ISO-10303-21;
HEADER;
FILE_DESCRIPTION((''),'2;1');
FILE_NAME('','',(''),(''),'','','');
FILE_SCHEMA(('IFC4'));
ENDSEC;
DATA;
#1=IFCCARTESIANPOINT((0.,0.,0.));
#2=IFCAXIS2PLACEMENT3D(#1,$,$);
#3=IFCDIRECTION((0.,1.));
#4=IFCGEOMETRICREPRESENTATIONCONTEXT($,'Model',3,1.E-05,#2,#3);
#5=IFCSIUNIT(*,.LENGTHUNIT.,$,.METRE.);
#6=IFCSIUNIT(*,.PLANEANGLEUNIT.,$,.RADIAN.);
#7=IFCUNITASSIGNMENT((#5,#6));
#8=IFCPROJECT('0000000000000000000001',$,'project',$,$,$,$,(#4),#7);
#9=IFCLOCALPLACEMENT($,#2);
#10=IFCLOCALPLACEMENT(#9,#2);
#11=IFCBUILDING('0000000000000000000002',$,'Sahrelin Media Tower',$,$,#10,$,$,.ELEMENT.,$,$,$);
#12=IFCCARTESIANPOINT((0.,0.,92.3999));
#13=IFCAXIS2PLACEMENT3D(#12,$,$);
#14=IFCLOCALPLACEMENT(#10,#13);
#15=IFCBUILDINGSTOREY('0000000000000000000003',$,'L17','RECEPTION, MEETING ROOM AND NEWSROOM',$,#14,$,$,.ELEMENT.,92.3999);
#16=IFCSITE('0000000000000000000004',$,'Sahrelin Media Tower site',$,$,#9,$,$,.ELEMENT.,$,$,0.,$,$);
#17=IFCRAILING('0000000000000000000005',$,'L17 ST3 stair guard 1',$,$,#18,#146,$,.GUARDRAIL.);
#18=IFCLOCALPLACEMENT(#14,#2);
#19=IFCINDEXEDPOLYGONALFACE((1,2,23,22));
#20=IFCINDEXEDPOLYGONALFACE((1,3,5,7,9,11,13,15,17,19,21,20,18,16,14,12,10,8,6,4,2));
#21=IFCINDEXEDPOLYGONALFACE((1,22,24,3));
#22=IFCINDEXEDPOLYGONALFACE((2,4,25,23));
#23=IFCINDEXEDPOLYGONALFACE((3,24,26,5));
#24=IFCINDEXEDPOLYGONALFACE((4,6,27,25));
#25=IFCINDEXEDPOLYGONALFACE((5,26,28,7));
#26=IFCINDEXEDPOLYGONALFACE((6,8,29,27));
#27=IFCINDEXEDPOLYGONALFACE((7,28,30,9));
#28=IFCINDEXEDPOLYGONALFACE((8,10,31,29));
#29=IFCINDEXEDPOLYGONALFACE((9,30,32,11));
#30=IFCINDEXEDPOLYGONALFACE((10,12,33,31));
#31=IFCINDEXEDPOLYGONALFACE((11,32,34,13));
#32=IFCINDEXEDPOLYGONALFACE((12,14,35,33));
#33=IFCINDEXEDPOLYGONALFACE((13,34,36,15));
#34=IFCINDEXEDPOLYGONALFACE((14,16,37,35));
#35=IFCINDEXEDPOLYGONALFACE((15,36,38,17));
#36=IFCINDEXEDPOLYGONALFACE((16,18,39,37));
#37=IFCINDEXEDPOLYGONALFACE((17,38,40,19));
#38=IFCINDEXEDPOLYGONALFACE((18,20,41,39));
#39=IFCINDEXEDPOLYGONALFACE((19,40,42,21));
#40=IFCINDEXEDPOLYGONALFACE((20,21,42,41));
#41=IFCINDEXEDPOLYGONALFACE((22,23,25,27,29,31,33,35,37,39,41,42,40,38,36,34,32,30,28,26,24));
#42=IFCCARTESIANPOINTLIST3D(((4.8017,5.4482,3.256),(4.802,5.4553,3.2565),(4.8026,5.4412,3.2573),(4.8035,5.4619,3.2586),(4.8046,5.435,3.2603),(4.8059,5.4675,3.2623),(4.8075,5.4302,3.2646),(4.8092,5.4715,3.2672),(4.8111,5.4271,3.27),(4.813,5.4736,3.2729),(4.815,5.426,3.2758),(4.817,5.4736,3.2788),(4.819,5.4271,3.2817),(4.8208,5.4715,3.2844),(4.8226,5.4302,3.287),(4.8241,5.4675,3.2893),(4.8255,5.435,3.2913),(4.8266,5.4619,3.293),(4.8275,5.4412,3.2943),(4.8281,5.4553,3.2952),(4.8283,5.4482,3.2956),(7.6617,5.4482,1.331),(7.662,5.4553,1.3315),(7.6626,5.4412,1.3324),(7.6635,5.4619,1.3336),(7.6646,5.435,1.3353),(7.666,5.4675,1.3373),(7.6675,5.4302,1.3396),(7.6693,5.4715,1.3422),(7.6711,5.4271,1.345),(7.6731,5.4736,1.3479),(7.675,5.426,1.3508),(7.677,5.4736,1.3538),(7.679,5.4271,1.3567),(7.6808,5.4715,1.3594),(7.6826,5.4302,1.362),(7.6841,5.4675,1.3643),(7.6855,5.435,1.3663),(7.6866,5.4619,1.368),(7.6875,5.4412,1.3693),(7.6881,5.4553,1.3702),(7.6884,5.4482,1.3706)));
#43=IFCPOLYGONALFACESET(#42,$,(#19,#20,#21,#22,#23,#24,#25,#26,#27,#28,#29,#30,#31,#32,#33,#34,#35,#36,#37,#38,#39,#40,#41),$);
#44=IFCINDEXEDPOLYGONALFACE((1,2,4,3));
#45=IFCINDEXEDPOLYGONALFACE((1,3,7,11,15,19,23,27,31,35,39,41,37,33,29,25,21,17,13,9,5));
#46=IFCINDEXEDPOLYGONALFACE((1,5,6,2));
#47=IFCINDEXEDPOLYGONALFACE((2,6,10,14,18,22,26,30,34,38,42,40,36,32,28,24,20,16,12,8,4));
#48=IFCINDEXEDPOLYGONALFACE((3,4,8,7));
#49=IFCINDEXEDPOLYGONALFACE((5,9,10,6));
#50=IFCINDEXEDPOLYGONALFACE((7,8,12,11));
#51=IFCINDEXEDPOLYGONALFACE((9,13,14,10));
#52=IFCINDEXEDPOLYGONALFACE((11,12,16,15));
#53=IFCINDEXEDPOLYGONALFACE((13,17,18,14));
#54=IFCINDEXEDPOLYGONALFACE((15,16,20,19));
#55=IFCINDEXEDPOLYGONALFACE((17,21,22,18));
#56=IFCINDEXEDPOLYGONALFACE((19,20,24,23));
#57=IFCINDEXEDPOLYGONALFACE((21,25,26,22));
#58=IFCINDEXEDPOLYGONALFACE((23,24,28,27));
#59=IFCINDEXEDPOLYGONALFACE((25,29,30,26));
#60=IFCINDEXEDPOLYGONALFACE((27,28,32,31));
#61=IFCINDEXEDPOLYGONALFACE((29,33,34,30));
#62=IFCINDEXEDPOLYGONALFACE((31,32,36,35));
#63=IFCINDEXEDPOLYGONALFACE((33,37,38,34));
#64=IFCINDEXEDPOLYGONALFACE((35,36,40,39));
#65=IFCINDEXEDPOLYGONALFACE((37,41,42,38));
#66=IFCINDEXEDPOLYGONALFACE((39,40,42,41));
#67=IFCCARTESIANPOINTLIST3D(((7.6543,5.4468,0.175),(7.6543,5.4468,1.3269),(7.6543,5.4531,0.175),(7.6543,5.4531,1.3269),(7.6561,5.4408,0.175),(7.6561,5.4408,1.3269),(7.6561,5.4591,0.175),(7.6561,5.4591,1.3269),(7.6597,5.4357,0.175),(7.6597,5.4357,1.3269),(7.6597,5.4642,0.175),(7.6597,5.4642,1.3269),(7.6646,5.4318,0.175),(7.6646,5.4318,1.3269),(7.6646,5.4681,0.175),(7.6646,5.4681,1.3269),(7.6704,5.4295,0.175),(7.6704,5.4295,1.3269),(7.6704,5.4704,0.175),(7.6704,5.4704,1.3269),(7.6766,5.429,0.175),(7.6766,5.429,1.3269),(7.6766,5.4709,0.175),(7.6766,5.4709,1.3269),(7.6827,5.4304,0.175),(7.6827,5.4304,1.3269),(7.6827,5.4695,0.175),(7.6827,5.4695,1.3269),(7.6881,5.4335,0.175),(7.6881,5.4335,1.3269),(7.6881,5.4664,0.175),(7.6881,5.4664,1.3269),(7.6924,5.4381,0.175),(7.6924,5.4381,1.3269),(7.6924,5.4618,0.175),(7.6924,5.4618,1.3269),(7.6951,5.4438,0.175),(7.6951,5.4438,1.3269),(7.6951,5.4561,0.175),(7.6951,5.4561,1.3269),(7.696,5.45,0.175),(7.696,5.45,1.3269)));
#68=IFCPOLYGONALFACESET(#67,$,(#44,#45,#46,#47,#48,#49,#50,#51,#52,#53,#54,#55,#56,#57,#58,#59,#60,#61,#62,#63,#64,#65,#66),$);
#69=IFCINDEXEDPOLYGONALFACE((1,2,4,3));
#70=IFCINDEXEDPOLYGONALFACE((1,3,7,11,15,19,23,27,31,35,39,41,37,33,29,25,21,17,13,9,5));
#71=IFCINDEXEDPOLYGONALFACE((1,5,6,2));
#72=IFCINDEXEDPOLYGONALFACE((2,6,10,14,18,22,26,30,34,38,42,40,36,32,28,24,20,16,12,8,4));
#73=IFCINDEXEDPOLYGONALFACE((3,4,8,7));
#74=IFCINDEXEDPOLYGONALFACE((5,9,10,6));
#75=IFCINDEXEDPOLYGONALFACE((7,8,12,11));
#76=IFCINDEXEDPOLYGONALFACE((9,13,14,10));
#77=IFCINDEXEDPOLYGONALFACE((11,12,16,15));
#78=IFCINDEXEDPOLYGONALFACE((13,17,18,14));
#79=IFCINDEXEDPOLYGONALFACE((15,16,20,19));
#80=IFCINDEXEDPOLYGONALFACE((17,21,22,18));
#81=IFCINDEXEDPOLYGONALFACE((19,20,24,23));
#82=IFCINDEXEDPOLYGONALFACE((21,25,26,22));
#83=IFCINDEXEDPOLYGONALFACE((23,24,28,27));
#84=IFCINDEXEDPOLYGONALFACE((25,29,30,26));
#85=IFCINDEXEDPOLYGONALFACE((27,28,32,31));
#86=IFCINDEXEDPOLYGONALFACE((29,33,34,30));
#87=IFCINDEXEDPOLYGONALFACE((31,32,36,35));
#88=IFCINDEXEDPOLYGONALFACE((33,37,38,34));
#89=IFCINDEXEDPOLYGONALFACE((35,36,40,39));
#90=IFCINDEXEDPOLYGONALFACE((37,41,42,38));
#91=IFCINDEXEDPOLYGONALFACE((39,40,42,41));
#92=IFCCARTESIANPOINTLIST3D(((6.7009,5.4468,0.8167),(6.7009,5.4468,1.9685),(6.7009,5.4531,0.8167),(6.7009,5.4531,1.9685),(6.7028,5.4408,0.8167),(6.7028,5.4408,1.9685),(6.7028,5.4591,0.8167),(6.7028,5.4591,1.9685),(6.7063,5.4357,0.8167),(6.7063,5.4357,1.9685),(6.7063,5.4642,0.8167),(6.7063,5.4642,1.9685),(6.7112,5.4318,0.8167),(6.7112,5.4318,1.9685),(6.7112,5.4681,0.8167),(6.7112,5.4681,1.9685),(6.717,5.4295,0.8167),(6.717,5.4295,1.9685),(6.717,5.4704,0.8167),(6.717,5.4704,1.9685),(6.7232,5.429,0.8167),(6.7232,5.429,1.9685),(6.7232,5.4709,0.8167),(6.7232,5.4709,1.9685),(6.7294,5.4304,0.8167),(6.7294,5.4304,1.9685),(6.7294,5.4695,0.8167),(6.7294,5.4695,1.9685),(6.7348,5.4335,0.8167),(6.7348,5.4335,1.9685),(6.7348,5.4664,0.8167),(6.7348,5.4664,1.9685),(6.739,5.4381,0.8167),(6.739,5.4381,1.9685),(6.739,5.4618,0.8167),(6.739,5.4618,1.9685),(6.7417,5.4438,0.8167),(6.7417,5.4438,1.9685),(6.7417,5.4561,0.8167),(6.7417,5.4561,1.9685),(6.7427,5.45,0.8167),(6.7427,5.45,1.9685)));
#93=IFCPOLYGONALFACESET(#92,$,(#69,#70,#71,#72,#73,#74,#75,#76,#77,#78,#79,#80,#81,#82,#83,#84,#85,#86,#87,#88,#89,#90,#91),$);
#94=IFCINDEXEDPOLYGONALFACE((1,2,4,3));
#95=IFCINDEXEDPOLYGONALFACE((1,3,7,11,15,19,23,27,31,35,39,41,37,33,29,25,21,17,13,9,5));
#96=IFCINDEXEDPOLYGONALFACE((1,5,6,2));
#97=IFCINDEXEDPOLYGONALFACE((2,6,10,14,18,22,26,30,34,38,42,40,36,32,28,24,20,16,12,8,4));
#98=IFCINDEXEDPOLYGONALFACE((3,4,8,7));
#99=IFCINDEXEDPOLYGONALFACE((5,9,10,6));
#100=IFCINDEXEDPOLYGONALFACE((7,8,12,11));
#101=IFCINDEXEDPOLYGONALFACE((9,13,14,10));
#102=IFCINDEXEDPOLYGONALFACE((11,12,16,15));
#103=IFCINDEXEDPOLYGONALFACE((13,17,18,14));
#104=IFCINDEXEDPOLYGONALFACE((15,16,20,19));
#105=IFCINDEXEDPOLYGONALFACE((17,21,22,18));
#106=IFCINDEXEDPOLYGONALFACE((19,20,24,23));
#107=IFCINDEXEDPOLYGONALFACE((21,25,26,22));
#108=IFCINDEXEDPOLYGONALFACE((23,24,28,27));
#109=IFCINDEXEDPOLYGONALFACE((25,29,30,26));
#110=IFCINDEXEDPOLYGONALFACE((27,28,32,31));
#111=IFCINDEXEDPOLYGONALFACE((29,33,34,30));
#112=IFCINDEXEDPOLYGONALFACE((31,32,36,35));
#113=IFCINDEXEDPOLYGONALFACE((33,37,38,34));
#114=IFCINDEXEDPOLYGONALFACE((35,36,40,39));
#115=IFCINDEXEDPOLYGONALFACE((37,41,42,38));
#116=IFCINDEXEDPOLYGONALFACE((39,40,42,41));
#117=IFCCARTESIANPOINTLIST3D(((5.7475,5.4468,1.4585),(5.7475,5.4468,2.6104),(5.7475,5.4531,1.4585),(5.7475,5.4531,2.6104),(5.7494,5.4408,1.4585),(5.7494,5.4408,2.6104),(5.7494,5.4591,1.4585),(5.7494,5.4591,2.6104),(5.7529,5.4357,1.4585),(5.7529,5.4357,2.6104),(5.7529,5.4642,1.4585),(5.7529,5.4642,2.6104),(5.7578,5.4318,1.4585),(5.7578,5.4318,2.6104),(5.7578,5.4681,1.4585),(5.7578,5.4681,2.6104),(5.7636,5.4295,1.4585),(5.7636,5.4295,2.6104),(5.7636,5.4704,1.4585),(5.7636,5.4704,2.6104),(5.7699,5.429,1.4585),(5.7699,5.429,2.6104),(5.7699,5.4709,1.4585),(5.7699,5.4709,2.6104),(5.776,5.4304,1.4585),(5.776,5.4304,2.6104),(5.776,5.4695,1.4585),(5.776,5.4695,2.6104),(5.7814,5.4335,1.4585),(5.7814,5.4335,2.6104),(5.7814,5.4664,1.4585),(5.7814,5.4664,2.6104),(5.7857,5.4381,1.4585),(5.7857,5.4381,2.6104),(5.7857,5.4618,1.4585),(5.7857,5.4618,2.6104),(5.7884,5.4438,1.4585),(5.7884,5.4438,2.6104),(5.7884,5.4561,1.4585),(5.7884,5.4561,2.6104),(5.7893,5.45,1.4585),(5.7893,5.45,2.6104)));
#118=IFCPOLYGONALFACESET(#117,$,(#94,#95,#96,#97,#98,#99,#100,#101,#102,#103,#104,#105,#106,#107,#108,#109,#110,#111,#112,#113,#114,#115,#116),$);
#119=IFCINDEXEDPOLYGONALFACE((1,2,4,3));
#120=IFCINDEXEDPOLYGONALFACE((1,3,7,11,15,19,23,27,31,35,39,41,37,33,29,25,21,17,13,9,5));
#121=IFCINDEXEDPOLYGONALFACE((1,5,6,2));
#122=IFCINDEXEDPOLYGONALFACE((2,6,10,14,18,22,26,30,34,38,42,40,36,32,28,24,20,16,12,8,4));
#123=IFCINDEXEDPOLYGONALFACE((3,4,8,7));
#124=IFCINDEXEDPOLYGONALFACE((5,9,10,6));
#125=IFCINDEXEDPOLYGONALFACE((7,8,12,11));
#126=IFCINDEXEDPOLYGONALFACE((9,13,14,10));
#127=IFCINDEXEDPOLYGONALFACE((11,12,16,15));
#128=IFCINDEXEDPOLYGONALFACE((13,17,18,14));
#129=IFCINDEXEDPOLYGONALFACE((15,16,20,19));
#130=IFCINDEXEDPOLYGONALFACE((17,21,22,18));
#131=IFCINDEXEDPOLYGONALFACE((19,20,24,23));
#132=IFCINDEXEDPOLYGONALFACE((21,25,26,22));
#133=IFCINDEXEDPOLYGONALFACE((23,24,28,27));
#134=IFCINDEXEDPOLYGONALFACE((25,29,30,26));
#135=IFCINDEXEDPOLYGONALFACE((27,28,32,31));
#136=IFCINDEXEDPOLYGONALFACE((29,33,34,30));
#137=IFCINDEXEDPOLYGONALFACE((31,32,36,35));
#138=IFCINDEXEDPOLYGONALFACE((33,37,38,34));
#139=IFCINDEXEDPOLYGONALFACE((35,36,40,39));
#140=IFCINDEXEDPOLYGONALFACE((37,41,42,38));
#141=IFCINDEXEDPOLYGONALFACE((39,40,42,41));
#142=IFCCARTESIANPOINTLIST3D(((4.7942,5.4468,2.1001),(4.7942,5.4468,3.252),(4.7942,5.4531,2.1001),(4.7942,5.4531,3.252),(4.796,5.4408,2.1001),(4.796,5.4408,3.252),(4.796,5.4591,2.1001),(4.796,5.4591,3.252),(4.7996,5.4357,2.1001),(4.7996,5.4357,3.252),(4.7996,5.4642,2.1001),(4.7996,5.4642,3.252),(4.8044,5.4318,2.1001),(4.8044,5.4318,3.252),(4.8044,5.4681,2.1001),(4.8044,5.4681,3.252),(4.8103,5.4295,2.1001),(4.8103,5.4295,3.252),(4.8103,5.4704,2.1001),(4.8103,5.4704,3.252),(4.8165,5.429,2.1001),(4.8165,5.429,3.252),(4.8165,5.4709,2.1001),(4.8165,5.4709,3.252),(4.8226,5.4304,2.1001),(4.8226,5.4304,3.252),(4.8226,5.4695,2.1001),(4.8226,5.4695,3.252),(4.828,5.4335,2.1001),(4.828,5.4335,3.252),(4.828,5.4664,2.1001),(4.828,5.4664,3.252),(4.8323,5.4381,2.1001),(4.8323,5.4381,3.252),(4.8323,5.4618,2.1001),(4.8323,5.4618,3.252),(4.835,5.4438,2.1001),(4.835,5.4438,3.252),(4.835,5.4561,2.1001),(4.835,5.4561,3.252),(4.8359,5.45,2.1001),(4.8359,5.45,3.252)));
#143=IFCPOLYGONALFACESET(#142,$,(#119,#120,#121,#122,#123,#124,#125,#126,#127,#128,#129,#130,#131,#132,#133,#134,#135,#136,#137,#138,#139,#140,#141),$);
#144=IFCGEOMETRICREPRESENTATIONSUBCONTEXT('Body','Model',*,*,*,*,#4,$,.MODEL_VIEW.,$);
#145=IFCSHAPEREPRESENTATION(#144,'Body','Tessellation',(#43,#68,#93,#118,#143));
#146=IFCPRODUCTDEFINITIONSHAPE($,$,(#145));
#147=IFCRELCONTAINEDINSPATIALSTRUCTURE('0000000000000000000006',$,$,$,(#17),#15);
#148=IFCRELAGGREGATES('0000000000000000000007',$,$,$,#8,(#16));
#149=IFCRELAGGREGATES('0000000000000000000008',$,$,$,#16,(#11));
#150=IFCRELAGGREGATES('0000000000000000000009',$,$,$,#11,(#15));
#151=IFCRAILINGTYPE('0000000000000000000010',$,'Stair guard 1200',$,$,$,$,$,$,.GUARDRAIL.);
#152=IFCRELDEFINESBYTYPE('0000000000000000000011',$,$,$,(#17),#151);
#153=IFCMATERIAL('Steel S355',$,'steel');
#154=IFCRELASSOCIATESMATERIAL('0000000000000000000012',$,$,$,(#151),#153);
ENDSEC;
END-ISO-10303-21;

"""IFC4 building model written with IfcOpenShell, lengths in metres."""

from ifc_helpers import new_model, si_unit, direction, frame, origin, origin_2d, place, context, subcontext, project, spatial, circle, extrude, material, type_object, element, save


model = new_model("IFC4")

# Units and contexts
model_context = context("Model", 3, precision=1e-05, world=origin(), true_north=direction((0.0, 1.0)))
body_context = subcontext(model_context, "Body", "Model", "MODEL_VIEW")
ifc_project = project(units=[si_unit("LENGTHUNIT", "METRE"), si_unit("PLANEANGLEUNIT", "RADIAN")], contexts=[model_context])

# Site, building, storey
site_placement = place(None, origin())
site = spatial("IfcSite", under=ifc_project, at=site_placement, Name="Sahrelin Media Tower site", CompositionType="ELEMENT", RefElevation=0.0)
building_placement = place(site_placement, origin())
building = spatial("IfcBuilding", under=site, at=building_placement, Name="Sahrelin Media Tower", CompositionType="ELEMENT")
storey_placement = place(building_placement, frame((0.0, 0.0, 92.3999)))
storey = spatial("IfcBuildingStorey", under=building, at=storey_placement, Name="L17", Description="RECEPTION, MEETING ROOM AND NEWSROOM", CompositionType="ELEMENT", Elevation=92.3999)

# Shared definitions
ifc_material_1 = material(Name="Steel S355", Category="steel")

# Railing
railing_type_1 = type_object("IfcRailingType", Name="Stair guard 1200", PredefinedType="GUARDRAIL", material=ifc_material_1)
railing_1_placement = place(storey_placement, frame((7.675, 5.45, 0.175)))
element("IfcRailing", 1, at=railing_1_placement, inside=storey, type_object=railing_type_1, Name="L17 ST3 stair guard 1", PredefinedType="GUARDRAIL", context=body_context, shape_type="SweptSolid", body=[
    extrude(circle(Radius=0.0239, at=origin_2d()), frame((0.0, 0.0, 1.1758), z_axis=(-0.829591, 0.0, 0.558372), x_axis=(0.0, -1.0, 0.0)), (0.0, 0.0, 1.0), 3.4475),
    extrude(circle(Radius=0.021, at=origin_2d()), origin(), (0.0, 0.0, 1.0), 1.1519),
    extrude(circle(Radius=0.021, at=origin_2d()), frame((-0.9534, 0.0, 0.6416)), (0.0, 0.0, 1.0), 1.1519),
    extrude(circle(Radius=0.021, at=origin_2d()), frame((-1.9067, 0.0, 1.2834)), (0.0, 0.0, 1.0), 1.1519),
    extrude(circle(Radius=0.021, at=origin_2d()), frame((-2.8601, 0.0, 1.925)), (0.0, 0.0, 1.0), 1.1519),
])

save(model, "model.ifc")
